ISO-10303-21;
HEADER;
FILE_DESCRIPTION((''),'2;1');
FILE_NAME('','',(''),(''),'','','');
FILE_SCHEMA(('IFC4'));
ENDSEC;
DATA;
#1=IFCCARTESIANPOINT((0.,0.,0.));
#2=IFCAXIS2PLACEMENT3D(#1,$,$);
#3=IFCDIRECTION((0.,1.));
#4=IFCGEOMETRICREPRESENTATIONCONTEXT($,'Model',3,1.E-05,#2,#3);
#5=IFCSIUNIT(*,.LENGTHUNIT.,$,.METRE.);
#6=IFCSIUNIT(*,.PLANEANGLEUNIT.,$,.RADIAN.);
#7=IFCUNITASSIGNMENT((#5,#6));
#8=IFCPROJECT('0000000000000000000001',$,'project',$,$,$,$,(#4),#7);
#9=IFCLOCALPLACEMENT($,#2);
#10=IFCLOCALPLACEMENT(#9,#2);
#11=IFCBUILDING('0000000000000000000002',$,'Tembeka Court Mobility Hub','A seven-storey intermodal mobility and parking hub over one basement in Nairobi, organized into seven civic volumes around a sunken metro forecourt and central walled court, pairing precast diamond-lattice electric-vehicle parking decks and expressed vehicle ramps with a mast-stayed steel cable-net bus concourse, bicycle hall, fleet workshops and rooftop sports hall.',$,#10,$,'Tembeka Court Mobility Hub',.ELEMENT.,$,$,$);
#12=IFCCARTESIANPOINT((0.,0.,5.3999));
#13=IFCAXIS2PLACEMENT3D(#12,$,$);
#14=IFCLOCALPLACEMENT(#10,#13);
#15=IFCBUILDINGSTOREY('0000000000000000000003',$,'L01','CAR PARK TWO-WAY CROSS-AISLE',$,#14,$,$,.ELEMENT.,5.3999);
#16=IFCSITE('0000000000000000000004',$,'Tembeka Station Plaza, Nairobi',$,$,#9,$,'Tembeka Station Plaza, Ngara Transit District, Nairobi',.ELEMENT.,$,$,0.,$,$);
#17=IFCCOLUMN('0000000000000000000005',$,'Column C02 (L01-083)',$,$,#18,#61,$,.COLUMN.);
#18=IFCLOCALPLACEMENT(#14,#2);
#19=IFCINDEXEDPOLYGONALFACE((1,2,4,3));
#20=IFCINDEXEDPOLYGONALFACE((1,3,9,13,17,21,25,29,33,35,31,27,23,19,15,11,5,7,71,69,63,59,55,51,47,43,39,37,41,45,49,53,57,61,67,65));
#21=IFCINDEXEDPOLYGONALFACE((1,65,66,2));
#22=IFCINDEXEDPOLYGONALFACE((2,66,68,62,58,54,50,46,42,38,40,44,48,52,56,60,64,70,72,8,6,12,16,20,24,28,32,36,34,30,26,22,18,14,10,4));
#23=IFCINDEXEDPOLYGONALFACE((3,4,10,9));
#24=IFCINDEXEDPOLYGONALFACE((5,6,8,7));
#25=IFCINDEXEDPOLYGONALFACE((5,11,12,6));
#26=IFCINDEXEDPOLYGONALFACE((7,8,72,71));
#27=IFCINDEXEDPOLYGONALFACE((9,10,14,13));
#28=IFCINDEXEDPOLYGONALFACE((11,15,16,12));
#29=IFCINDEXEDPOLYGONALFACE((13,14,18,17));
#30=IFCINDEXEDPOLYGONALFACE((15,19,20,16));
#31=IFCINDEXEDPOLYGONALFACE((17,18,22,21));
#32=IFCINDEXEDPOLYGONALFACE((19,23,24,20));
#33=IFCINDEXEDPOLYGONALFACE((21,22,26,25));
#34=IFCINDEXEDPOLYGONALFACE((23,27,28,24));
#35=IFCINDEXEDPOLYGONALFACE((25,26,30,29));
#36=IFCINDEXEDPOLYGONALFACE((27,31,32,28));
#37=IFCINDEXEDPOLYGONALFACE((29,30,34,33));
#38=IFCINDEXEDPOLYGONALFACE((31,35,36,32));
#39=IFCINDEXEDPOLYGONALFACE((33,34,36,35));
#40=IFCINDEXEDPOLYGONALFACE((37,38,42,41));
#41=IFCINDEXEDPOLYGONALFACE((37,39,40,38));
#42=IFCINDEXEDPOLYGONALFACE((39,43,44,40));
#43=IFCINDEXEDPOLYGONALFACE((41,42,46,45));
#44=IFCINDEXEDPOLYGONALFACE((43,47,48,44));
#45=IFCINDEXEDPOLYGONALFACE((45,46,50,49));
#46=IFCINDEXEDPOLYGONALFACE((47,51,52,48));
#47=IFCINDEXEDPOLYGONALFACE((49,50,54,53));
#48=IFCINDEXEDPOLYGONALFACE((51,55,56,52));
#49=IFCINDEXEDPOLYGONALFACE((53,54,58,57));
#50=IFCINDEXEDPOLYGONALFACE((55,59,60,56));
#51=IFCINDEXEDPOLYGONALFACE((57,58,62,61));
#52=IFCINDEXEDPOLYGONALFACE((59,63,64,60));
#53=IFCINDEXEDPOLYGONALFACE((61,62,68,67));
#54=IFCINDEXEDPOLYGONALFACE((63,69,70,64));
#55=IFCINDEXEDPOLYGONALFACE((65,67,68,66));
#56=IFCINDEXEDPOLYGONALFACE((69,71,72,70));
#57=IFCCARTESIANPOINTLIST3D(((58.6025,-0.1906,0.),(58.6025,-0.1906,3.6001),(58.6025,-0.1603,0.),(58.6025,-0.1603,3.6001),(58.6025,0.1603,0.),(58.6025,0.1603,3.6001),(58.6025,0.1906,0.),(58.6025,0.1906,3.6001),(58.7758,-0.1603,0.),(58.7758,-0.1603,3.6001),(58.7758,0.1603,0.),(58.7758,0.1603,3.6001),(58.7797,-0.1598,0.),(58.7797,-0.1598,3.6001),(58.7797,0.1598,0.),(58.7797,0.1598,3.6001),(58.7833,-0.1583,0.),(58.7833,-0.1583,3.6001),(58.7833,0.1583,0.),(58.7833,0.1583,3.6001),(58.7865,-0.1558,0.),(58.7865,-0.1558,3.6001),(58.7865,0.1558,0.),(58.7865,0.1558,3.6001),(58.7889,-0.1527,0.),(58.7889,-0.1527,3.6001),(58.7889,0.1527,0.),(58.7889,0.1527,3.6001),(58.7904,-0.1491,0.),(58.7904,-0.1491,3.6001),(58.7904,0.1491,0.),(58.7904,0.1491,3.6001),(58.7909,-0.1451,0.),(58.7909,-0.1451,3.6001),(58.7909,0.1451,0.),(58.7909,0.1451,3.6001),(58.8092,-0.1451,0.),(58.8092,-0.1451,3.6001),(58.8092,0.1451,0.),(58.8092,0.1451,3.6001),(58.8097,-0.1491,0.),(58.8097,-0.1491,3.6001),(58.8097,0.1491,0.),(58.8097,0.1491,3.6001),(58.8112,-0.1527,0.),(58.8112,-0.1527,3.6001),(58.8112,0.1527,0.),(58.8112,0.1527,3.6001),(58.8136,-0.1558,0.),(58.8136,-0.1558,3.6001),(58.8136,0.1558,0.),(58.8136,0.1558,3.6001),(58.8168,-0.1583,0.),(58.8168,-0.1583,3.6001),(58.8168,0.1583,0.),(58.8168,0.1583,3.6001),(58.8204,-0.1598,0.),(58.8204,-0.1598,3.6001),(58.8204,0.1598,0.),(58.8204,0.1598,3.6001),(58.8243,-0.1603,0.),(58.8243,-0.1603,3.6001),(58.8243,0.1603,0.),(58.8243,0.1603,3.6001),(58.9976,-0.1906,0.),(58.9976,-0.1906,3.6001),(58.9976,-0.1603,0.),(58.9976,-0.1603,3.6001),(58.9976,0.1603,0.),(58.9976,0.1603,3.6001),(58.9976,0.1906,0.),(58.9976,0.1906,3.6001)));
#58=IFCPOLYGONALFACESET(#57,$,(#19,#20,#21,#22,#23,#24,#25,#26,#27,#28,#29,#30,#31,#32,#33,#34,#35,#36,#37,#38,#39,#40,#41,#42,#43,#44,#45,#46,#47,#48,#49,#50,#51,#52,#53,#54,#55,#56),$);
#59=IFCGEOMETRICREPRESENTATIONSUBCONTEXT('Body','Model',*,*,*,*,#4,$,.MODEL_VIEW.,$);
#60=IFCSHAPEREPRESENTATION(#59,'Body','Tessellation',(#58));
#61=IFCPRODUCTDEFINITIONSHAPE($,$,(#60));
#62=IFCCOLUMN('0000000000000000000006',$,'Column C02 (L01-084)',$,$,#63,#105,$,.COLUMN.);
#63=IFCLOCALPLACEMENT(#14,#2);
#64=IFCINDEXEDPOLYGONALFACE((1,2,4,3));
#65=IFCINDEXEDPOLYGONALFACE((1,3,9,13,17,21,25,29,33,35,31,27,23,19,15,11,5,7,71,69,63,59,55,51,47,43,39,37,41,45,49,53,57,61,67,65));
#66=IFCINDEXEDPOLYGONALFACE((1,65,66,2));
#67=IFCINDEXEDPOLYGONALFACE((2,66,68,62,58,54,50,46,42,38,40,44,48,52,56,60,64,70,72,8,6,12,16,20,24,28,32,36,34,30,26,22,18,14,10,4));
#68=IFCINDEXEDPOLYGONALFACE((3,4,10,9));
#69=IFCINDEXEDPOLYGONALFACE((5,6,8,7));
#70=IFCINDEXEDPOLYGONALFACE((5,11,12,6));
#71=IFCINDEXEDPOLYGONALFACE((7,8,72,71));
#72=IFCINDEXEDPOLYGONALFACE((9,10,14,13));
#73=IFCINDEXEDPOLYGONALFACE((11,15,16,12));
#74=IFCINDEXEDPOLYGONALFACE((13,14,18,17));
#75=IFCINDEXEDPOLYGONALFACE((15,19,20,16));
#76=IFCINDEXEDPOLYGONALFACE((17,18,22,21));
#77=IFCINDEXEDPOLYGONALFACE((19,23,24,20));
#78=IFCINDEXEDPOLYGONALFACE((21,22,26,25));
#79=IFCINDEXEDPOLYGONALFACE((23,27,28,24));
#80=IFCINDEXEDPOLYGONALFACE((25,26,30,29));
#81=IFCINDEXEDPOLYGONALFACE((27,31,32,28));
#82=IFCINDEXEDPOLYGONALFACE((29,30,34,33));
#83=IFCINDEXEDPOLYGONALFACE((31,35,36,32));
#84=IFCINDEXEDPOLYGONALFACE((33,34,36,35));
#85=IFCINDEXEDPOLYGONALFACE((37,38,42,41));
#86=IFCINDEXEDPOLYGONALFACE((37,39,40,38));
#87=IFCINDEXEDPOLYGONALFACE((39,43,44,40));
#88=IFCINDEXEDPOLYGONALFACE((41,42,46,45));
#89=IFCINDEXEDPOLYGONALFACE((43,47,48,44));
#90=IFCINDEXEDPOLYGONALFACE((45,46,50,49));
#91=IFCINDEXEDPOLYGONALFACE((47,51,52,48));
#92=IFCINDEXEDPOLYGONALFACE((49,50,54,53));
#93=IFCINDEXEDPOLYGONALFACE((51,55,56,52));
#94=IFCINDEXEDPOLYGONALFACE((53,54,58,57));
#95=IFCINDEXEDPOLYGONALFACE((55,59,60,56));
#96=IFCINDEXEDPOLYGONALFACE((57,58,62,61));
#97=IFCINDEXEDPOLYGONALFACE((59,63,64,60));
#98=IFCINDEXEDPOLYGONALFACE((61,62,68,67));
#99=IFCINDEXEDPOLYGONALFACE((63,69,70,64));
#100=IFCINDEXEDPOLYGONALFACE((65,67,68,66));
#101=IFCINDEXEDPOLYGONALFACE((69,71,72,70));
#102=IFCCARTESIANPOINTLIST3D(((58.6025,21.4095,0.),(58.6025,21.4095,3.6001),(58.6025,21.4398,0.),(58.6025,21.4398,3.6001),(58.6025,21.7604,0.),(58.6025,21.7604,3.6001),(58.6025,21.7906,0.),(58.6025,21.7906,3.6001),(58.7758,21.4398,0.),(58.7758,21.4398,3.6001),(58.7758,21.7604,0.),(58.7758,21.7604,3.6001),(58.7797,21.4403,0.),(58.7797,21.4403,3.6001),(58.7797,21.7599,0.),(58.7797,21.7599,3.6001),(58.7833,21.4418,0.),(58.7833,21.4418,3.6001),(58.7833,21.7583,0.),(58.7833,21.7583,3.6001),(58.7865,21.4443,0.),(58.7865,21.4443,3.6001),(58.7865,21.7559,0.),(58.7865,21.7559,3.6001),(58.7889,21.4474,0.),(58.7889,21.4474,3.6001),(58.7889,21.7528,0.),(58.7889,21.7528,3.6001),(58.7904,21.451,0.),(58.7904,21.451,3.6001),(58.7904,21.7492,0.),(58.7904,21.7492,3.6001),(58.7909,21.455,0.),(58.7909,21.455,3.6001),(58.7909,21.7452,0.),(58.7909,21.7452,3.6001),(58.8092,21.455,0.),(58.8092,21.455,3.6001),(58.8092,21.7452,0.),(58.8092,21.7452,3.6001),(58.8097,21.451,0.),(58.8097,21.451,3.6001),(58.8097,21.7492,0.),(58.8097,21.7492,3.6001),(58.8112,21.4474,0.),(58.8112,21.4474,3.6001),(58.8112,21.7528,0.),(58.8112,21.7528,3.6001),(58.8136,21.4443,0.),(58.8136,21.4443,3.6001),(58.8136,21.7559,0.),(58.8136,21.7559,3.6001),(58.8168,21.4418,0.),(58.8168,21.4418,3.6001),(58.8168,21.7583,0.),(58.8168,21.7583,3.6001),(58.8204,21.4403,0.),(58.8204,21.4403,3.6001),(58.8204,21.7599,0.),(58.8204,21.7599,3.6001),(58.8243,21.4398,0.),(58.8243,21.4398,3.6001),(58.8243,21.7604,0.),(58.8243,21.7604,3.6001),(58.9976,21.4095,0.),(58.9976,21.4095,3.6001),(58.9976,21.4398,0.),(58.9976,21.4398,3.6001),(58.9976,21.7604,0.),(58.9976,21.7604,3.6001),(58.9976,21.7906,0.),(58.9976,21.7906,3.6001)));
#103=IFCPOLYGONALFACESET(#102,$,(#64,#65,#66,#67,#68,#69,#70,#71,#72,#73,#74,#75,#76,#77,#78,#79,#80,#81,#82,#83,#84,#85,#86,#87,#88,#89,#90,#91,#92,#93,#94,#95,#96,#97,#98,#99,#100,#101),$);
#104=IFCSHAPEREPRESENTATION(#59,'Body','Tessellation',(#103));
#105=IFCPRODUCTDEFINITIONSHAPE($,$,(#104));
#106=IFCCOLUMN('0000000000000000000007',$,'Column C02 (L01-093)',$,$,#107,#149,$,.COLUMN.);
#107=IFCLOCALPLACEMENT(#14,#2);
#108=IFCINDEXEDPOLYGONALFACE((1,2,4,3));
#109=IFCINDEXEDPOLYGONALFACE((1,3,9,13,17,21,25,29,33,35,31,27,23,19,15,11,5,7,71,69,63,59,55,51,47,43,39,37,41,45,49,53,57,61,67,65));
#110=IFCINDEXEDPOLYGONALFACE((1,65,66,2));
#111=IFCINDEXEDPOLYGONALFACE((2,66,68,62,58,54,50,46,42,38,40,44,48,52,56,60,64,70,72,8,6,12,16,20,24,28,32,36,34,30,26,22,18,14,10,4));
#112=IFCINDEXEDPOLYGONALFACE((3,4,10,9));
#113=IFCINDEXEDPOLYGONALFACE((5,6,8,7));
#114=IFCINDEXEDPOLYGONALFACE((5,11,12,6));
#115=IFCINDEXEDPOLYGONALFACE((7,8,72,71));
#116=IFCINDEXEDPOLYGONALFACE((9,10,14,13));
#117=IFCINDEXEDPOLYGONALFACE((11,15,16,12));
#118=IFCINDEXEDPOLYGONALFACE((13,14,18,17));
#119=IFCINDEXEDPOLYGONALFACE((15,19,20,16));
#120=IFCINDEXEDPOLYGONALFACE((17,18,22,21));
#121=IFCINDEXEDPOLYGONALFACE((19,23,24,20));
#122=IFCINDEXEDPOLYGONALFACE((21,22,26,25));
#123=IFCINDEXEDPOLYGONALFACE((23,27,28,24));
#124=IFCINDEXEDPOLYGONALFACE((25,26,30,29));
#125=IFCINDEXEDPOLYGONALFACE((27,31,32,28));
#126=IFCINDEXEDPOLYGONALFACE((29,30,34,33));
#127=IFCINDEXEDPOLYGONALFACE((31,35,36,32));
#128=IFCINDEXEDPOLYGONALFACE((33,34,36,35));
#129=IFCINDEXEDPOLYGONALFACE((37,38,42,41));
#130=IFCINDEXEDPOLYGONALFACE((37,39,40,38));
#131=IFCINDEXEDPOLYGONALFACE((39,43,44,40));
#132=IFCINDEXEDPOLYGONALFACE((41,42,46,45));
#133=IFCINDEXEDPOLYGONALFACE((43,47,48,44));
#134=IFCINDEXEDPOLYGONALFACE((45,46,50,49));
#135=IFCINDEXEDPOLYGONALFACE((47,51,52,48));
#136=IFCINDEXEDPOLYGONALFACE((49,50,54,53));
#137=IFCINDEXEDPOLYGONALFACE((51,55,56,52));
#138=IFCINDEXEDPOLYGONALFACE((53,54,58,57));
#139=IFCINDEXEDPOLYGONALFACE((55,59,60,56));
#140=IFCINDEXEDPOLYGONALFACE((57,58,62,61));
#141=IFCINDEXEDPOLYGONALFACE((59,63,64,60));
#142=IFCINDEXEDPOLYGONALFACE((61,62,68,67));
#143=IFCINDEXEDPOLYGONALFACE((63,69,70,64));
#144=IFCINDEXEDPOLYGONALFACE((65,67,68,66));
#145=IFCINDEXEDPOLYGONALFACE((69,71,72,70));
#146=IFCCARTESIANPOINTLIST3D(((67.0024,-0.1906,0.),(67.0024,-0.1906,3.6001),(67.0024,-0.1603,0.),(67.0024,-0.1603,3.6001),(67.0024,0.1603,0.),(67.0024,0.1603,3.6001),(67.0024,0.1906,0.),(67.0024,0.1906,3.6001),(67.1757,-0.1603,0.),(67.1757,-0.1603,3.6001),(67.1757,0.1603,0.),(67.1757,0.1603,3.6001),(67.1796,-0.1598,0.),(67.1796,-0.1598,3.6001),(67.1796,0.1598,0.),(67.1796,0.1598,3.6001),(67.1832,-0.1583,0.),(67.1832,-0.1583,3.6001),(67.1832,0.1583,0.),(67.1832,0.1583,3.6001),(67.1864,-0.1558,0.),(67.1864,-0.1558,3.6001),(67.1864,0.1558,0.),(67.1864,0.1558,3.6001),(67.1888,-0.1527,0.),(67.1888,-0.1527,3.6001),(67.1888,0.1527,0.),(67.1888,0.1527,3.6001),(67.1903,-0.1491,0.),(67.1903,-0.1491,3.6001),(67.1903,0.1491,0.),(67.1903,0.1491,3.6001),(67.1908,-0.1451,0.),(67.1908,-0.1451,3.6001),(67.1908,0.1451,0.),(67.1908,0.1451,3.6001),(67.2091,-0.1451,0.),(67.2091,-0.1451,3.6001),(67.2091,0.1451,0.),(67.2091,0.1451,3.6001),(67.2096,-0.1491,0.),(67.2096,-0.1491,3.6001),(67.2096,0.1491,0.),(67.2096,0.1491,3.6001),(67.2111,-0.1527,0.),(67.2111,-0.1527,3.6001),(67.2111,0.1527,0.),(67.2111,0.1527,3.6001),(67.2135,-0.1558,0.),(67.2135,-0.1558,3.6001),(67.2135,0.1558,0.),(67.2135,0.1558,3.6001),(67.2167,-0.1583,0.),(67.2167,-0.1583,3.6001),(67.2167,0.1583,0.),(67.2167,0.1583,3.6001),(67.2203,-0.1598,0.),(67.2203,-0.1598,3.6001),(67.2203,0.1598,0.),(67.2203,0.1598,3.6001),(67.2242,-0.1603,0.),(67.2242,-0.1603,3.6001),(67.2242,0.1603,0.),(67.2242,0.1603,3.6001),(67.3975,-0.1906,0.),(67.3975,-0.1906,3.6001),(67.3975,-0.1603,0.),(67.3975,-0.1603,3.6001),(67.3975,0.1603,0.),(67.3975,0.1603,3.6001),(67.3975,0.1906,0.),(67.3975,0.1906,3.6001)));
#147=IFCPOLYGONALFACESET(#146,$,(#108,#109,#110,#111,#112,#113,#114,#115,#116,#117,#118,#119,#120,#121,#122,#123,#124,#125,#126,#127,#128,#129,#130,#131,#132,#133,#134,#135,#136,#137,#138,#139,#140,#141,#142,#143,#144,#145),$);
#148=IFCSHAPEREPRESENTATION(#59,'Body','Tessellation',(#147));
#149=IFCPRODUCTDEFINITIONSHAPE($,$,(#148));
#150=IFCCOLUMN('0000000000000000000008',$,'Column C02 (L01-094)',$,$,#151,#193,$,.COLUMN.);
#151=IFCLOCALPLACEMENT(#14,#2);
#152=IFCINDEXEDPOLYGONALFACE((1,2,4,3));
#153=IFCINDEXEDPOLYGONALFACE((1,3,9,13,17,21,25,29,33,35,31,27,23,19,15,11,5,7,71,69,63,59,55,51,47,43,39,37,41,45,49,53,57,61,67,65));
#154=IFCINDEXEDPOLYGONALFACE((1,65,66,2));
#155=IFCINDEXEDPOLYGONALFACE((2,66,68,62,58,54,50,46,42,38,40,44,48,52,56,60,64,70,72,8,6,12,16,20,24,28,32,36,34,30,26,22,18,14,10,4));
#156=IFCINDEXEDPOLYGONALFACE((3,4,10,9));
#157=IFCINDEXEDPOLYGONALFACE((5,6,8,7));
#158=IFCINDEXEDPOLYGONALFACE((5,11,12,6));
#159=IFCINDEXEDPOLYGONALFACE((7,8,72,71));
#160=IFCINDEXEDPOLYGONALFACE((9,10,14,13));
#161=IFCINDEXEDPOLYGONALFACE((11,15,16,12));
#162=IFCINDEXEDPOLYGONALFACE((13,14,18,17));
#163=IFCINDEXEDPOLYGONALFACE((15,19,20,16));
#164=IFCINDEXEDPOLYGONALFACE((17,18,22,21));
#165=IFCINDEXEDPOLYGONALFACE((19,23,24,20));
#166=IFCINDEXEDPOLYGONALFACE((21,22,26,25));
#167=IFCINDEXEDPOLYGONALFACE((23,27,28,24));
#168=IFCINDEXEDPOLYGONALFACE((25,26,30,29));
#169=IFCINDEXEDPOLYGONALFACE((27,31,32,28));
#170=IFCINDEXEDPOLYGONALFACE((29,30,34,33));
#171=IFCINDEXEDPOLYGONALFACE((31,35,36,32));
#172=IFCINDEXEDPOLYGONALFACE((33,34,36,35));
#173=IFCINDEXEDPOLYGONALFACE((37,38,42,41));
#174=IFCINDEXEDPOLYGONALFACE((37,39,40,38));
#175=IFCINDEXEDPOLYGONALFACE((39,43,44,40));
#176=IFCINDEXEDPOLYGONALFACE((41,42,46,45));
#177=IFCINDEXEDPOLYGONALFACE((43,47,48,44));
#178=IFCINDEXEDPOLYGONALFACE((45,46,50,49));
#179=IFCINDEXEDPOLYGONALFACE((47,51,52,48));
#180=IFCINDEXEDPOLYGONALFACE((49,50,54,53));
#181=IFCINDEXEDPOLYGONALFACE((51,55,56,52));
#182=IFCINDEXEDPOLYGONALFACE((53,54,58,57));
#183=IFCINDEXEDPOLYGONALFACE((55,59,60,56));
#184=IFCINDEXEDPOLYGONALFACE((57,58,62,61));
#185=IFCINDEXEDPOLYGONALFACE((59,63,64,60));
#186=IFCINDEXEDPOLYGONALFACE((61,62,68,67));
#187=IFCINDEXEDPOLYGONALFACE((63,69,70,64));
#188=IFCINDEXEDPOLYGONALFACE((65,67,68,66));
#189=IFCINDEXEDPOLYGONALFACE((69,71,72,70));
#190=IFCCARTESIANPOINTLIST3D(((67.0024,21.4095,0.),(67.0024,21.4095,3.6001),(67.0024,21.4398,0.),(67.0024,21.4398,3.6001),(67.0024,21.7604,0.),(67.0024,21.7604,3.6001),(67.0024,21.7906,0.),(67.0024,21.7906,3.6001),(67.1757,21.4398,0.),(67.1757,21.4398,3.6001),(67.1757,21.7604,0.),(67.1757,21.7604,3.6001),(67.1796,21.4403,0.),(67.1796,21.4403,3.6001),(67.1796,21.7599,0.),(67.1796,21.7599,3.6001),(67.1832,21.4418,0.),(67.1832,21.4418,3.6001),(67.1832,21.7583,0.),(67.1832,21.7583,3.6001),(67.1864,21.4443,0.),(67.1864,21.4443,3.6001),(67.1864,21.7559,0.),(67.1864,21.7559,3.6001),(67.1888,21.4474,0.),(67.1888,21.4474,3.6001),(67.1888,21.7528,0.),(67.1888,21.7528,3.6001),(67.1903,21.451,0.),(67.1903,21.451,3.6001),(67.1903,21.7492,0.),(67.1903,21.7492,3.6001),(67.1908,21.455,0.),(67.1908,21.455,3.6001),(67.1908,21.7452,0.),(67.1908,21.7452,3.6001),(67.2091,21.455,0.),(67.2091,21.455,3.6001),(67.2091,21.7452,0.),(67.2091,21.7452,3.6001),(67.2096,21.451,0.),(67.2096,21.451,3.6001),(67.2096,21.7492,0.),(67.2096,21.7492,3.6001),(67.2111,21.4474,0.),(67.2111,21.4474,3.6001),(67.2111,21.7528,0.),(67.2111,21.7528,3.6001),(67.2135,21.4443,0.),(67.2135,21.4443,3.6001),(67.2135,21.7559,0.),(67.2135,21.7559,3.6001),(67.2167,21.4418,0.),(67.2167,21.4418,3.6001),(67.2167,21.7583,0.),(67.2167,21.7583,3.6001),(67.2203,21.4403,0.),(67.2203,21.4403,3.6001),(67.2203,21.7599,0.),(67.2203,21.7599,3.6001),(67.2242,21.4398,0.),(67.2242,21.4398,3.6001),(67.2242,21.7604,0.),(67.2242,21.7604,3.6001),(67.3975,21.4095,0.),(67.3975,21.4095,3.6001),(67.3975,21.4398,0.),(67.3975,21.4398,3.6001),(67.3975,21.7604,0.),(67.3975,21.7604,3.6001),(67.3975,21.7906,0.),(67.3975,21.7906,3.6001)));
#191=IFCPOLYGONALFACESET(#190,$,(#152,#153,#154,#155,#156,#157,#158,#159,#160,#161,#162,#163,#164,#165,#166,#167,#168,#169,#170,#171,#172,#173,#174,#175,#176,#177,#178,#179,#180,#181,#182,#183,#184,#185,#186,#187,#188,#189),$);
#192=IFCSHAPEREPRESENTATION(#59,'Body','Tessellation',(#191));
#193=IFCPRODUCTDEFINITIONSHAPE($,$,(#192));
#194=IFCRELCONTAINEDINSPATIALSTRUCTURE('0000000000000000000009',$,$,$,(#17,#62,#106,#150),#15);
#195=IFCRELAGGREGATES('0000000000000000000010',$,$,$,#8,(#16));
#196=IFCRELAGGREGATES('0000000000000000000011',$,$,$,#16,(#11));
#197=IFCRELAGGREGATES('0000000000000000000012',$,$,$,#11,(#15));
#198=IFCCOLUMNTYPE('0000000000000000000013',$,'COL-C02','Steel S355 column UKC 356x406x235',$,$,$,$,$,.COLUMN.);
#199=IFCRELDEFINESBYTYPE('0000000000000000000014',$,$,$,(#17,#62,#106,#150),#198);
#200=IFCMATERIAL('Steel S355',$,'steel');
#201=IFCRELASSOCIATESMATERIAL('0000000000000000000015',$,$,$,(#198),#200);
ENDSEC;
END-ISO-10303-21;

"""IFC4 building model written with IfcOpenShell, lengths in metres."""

from ifc_helpers import new_model, si_unit, direction, frame, origin, origin_2d, place, context, subcontext, project, spatial, i_section, extrude, material, material_profile, profile_set, type_object, element, save


model = new_model("IFC4")

# Units and contexts
model_context = context("Model", 3, precision=1e-05, world=origin(), true_north=direction((0.0, 1.0)))
body_context = subcontext(model_context, "Body", "Model", "MODEL_VIEW")
ifc_project = project(units=[si_unit("LENGTHUNIT", "METRE"), si_unit("PLANEANGLEUNIT", "RADIAN")], contexts=[model_context])

# Site, building, storey
site_placement = place(None, origin())
site = spatial("IfcSite", under=ifc_project, at=site_placement, Name="Tembeka Station Plaza, Nairobi", LongName="Tembeka Station Plaza, Ngara Transit District, Nairobi", CompositionType="ELEMENT", RefElevation=0.0)
building_placement = place(site_placement, origin())
building = spatial("IfcBuilding", under=site, at=building_placement, Name="Tembeka Court Mobility Hub", Description="A seven-storey intermodal mobility and parking hub over one basement in Nairobi, organized into seven civic volumes around a sunken metro forecourt and central walled court, pairing precast diamond-lattice electric-vehicle parking decks and expressed vehicle ramps with a mast-stayed steel cable-net bus concourse, bicycle hall, fleet workshops and rooftop sports hall.", LongName="Tembeka Court Mobility Hub", CompositionType="ELEMENT")
storey_placement = place(building_placement, frame((0.0, 0.0, 5.3999)))
storey = spatial("IfcBuildingStorey", under=building, at=storey_placement, Name="L01", Description="CAR PARK TWO-WAY CROSS-AISLE", CompositionType="ELEMENT", Elevation=5.3999)

# Columns
ifc_material_1 = material(Name="Steel S355", Category="steel")
ifc_material_profile_1 = material_profile(ifc_material_1, i_section(OverallWidth=0.395, OverallDepth=0.3811, WebThickness=0.0183, FlangeThickness=0.0303, FilletRadius=0.0151, at=origin_2d()), Name="UKC 356x406x235")
ifc_profile_set_1 = profile_set([ifc_material_profile_1], Name="Steel S355")
column_type = type_object("IfcColumnType", Name="COL-C02", Description="Steel S355 column UKC 356x406x235", PredefinedType="COLUMN", material=ifc_profile_set_1)
for number, where, z_axis, x_axis, name in (
    (1, (58.8, 0.0, 0.0), (0.0, 0.0, 1.0), (1.0, 0.0, 0.0), "Column C02 (L01-083)"),
    (2, (58.8, 21.6001, 0.0), (0.0, 0.0, 1.0), (1.0, 0.0, 0.0), "Column C02 (L01-084)"),
    (3, (67.2, 0.0, 0.0), (0.0, 0.0, 1.0), (1.0, 0.0, 0.0), "Column C02 (L01-093)"),
    (4, (67.2, 21.6001, 0.0), (0.0, 0.0, 1.0), (1.0, 0.0, 0.0), "Column C02 (L01-094)"),
):
    element("IfcColumn", number, at=place(storey_placement, frame(where, z_axis=z_axis, x_axis=x_axis)), inside=storey, type_object=column_type, Name=name, PredefinedType="COLUMN", context=body_context, shape_type="SweptSolid", body=[
        extrude(i_section(OverallWidth=0.395, OverallDepth=0.3811, WebThickness=0.0183, FlangeThickness=0.0303, FilletRadius=0.0151, at=origin_2d()), origin(), (0.0, 0.0, 1.0), 3.6001),
    ])

save(model, "model.ifc")
